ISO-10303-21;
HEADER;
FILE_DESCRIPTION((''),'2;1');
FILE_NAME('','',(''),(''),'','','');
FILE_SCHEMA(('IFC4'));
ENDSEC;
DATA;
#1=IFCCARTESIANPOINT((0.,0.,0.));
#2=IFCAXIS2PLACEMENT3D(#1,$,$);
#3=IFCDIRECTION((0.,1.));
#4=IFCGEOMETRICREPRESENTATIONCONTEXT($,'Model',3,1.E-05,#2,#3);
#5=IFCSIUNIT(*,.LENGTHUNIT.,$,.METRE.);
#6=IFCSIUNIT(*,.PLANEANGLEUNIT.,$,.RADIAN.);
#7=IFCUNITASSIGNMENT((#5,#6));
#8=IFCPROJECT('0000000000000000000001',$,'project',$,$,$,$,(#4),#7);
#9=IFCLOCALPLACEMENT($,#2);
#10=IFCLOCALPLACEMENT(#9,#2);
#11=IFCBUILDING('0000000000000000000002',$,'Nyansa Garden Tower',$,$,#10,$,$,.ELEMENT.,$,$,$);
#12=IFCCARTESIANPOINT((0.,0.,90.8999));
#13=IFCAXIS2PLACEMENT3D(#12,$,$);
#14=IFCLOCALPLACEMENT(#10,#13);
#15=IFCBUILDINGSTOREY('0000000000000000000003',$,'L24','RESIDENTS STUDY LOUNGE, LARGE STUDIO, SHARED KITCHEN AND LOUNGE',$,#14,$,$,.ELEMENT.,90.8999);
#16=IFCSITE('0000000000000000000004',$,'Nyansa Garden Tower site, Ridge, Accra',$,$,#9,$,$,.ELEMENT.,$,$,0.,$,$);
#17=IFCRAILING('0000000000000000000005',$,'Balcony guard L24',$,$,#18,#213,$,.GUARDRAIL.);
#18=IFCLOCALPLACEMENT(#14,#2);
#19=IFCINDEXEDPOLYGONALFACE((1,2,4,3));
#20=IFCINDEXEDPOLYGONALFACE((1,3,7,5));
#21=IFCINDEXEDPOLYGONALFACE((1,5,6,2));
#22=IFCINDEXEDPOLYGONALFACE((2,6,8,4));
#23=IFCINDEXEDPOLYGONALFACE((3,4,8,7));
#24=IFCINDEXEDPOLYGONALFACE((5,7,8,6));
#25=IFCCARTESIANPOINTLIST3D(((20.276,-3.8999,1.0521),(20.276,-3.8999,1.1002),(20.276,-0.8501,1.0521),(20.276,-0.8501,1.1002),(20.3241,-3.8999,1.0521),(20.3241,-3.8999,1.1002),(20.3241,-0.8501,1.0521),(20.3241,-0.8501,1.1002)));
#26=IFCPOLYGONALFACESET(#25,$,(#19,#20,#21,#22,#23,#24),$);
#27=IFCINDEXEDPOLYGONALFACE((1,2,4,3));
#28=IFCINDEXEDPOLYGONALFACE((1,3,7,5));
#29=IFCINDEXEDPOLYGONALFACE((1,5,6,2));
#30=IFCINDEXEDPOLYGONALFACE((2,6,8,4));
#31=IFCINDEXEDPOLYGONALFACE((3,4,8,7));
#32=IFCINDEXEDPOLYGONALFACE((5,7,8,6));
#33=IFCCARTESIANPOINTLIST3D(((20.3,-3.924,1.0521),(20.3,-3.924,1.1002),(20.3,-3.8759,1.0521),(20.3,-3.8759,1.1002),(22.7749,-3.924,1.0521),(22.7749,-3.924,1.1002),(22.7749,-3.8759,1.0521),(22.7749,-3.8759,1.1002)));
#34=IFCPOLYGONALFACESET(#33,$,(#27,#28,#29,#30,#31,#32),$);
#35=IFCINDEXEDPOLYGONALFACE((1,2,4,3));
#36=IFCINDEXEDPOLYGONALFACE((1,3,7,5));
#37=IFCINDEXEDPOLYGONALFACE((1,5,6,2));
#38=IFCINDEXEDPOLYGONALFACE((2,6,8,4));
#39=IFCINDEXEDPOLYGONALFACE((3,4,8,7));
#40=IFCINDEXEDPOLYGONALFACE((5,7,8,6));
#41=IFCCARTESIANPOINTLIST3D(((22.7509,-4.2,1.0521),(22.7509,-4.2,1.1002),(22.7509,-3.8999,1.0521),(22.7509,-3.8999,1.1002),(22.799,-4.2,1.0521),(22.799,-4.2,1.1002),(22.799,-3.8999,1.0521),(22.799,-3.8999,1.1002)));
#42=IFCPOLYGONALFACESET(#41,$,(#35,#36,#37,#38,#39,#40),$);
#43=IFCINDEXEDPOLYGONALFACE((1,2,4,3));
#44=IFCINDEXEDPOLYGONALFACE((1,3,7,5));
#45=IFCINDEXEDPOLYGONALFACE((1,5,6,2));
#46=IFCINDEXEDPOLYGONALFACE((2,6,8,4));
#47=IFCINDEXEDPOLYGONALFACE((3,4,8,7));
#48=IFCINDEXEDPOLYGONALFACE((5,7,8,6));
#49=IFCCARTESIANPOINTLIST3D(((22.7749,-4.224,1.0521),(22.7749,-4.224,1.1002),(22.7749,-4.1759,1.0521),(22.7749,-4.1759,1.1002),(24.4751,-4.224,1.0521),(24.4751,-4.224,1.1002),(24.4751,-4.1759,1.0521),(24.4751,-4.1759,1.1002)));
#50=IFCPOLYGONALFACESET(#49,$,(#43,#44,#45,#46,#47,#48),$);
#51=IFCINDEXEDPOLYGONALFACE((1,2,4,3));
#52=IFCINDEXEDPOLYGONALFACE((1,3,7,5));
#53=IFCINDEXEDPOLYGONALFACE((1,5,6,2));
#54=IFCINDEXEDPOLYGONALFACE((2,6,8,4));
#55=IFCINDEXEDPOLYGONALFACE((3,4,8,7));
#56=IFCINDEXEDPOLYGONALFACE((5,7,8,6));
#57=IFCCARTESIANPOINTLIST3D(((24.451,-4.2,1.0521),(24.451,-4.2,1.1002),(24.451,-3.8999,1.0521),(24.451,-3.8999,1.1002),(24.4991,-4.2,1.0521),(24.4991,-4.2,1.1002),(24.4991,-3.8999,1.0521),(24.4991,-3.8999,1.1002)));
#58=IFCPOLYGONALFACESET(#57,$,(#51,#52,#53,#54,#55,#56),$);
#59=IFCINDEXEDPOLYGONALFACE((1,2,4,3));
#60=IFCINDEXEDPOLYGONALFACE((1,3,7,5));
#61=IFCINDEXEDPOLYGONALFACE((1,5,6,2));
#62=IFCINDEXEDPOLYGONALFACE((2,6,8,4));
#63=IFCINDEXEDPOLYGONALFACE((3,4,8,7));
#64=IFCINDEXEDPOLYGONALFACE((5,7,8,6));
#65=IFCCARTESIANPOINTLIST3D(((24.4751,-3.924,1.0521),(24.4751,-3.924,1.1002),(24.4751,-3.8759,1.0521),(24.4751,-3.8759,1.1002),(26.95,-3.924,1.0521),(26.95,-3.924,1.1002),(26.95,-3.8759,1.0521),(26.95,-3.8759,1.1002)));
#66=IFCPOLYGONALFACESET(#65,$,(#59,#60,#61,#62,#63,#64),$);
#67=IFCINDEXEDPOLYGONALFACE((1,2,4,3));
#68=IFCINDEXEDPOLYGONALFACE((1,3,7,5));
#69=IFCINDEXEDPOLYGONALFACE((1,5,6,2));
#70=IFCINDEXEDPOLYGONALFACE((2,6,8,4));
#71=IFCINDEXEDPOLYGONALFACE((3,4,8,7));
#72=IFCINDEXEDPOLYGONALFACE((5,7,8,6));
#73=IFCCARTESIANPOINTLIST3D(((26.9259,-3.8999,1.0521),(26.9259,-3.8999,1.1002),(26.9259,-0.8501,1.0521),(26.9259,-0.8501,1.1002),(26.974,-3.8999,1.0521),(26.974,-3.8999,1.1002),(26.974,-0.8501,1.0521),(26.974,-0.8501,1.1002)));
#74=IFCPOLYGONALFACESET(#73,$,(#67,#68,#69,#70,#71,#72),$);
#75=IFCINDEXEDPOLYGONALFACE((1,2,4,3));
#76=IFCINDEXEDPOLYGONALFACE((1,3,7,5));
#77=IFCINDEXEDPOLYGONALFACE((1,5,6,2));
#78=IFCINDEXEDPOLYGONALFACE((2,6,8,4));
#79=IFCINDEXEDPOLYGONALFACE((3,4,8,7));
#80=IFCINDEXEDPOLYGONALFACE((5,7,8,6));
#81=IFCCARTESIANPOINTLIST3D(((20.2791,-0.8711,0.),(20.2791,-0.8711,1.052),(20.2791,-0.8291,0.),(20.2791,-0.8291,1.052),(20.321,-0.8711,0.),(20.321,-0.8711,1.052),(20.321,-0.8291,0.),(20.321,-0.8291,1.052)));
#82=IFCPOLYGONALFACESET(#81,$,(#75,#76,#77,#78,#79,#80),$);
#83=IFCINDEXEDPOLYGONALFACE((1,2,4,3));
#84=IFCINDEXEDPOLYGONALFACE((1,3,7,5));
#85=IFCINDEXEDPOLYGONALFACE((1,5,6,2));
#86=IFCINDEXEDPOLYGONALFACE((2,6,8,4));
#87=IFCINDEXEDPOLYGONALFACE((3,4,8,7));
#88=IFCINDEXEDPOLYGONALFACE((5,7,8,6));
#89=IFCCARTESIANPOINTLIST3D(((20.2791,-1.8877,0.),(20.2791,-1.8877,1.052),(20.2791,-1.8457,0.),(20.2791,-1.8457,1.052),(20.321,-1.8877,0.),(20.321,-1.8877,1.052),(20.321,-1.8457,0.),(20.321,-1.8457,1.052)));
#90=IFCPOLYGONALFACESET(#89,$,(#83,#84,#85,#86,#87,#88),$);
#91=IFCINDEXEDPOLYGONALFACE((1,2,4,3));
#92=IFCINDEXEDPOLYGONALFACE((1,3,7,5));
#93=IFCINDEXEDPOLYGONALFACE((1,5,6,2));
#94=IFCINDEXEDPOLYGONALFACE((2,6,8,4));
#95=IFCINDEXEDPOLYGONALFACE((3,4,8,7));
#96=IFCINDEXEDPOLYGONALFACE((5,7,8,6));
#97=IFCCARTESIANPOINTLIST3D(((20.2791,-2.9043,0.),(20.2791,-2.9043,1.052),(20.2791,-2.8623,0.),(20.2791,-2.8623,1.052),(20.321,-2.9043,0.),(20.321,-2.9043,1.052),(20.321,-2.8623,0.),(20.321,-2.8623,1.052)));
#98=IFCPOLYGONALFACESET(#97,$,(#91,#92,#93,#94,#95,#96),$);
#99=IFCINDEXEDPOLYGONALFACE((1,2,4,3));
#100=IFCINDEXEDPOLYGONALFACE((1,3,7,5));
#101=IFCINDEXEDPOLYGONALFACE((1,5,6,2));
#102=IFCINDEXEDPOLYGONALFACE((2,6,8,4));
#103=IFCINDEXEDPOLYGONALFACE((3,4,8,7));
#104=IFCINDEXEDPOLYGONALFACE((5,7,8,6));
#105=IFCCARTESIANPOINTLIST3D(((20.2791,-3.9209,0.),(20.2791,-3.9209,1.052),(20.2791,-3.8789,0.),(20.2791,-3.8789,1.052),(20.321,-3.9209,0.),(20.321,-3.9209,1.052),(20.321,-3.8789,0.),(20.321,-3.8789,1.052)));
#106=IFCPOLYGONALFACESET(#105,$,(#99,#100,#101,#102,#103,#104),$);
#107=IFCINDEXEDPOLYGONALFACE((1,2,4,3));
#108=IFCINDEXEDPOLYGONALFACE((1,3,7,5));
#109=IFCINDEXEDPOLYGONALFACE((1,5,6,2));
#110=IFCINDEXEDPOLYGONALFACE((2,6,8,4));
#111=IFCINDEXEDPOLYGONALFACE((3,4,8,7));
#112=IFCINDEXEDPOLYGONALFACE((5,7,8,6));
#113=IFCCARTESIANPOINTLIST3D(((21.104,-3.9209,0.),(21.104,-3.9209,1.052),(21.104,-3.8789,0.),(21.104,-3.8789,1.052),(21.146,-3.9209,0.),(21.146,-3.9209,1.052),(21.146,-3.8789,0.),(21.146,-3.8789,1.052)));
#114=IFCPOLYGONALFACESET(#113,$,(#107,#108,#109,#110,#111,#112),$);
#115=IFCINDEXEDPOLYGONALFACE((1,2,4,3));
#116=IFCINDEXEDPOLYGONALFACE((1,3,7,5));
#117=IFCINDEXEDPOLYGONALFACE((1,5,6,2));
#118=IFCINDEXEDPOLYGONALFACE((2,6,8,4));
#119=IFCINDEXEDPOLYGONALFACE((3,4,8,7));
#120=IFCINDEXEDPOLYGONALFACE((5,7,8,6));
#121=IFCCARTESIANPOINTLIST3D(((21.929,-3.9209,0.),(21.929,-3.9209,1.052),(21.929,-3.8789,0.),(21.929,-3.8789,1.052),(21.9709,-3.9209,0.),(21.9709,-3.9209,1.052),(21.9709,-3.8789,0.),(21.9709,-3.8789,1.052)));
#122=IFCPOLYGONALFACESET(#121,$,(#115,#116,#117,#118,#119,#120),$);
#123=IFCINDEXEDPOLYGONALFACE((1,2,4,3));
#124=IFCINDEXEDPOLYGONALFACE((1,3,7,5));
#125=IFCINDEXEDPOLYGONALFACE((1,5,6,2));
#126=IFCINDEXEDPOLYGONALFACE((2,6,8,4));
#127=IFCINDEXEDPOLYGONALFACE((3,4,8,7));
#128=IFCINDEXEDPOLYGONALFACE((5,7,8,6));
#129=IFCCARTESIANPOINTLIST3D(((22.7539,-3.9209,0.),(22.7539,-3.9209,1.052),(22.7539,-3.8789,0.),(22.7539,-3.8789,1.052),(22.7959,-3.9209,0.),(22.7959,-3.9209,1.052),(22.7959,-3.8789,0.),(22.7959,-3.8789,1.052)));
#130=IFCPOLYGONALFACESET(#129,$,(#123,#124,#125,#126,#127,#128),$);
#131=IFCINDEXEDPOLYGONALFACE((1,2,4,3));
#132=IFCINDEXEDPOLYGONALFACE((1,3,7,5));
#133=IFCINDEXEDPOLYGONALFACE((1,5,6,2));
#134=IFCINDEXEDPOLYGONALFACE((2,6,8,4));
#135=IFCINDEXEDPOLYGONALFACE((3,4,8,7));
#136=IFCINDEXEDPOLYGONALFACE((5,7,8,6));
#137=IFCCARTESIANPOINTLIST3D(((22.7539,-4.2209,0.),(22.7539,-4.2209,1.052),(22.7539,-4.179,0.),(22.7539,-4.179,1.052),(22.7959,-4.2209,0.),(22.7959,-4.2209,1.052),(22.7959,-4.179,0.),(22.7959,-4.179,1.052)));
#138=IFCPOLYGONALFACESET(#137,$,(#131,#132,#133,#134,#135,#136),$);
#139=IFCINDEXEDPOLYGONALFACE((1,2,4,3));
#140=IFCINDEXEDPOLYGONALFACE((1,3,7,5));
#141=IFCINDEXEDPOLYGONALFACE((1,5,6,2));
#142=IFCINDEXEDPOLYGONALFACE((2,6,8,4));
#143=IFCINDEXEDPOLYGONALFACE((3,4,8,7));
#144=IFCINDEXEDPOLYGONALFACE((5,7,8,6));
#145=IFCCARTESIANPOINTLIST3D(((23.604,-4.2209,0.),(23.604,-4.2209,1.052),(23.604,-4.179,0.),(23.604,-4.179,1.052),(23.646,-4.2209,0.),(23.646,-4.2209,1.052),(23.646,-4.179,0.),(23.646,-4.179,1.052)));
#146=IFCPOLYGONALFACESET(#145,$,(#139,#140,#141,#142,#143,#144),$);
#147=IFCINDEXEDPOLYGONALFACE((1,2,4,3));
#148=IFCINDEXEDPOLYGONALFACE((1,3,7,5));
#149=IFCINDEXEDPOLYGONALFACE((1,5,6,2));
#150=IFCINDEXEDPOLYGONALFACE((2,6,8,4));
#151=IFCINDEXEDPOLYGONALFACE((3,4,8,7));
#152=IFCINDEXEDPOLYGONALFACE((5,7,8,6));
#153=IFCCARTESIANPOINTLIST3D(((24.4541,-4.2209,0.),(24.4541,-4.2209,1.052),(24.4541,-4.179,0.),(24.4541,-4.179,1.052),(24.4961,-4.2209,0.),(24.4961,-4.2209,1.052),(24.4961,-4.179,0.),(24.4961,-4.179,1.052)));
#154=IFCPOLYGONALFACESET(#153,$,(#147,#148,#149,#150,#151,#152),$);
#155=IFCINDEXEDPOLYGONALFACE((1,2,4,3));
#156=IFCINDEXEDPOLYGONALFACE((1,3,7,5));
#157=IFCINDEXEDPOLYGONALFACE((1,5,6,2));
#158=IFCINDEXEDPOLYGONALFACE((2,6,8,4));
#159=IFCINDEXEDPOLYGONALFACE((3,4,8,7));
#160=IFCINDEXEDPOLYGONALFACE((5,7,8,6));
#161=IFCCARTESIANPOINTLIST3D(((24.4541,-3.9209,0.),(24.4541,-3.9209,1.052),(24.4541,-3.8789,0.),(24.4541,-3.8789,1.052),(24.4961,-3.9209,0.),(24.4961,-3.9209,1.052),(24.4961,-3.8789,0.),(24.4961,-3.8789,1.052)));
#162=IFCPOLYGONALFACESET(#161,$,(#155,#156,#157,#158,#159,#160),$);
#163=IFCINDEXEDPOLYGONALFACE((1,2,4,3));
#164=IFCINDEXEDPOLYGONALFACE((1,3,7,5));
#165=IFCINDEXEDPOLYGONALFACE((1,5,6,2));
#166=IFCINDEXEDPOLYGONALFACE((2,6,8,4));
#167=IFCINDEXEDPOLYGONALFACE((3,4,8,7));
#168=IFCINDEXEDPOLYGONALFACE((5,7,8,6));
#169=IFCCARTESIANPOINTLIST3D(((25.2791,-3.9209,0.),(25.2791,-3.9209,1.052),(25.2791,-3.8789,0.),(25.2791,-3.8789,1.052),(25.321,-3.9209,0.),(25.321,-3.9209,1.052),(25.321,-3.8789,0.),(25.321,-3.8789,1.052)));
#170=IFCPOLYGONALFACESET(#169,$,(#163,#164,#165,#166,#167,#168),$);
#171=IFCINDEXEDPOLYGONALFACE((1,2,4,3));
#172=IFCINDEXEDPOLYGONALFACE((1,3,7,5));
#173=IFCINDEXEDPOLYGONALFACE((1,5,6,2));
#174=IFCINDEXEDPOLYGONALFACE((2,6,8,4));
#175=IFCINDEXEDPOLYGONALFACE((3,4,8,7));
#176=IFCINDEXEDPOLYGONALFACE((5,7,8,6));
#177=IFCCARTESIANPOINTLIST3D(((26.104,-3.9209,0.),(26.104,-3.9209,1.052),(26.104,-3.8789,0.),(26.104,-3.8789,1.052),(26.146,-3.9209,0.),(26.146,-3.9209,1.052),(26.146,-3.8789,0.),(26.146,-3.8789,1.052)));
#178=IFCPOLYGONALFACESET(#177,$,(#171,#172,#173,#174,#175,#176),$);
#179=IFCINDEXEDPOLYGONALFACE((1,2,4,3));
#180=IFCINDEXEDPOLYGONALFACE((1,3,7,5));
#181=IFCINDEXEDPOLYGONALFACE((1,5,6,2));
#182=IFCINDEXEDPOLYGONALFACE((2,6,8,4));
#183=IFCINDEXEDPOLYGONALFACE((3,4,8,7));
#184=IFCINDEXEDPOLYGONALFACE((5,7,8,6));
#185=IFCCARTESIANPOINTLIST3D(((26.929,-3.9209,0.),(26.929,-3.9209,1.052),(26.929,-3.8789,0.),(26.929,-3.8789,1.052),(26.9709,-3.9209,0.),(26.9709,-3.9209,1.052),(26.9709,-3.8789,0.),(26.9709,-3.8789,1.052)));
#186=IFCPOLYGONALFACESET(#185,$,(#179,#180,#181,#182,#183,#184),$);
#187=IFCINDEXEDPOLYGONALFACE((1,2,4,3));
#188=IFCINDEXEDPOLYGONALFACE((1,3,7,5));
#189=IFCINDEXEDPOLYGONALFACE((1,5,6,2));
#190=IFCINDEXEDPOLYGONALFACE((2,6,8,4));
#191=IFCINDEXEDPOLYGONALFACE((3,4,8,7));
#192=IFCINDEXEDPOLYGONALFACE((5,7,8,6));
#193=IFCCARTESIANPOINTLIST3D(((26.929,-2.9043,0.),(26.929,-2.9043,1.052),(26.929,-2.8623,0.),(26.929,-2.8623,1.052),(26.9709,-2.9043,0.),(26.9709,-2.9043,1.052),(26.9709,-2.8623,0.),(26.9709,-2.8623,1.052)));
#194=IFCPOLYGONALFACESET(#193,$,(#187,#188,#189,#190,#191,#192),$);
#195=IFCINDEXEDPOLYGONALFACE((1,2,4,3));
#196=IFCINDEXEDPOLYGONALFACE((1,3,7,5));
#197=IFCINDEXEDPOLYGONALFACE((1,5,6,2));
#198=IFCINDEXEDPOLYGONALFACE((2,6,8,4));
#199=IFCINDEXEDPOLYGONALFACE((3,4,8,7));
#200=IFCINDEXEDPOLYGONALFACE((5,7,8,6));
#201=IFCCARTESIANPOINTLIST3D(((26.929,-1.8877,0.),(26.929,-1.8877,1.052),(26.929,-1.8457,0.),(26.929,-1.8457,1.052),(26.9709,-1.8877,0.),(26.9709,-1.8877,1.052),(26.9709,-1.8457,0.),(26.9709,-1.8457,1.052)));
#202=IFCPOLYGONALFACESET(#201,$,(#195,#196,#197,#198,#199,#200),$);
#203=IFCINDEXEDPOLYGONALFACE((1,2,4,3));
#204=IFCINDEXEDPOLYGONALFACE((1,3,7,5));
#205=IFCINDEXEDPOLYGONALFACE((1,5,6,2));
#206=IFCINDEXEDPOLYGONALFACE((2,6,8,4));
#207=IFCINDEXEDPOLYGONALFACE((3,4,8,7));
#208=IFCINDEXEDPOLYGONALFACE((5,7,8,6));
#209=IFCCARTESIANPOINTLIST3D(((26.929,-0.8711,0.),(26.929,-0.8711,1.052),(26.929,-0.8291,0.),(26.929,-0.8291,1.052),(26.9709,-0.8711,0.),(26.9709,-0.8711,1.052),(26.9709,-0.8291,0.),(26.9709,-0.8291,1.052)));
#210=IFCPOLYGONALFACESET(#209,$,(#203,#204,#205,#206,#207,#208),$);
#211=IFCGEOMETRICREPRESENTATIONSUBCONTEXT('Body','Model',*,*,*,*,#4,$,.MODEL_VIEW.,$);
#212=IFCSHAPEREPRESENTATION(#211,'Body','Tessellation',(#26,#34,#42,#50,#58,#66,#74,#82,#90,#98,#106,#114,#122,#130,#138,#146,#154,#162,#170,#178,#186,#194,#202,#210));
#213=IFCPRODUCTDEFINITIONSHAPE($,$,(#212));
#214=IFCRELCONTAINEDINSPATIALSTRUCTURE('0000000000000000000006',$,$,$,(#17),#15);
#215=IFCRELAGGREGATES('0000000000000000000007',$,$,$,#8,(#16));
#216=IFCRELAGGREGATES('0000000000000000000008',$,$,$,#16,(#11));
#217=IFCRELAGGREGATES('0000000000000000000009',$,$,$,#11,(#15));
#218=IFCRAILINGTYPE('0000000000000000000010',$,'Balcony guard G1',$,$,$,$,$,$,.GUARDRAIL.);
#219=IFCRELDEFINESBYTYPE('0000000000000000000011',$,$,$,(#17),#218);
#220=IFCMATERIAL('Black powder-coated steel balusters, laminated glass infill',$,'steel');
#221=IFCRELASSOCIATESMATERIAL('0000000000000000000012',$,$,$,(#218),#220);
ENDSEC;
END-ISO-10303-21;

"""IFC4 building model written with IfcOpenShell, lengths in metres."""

from ifc_helpers import new_model, si_unit, direction, frame, origin, origin_2d, place, context, subcontext, project, spatial, rectangle, extrude, material, type_object, element, save


model = new_model("IFC4")

# Units and contexts
model_context = context("Model", 3, precision=1e-05, world=origin(), true_north=direction((0.0, 1.0)))
body_context = subcontext(model_context, "Body", "Model", "MODEL_VIEW")
ifc_project = project(units=[si_unit("LENGTHUNIT", "METRE"), si_unit("PLANEANGLEUNIT", "RADIAN")], contexts=[model_context])

# Site, building, storey
site_placement = place(None, origin())
site = spatial("IfcSite", under=ifc_project, at=site_placement, Name="Nyansa Garden Tower site, Ridge, Accra", CompositionType="ELEMENT", RefElevation=0.0)
building_placement = place(site_placement, origin())
building = spatial("IfcBuilding", under=site, at=building_placement, Name="Nyansa Garden Tower", CompositionType="ELEMENT")
storey_placement = place(building_placement, frame((0.0, 0.0, 90.8999)))
storey = spatial("IfcBuildingStorey", under=building, at=storey_placement, Name="L24", Description="RESIDENTS STUDY LOUNGE, LARGE STUDIO, SHARED KITCHEN AND LOUNGE", CompositionType="ELEMENT", Elevation=90.8999)

# Railing
ifc_material_1 = material(Name="Black powder-coated steel balusters, laminated glass infill", Category="steel")
railing_type = type_object("IfcRailingType", Name="Balcony guard G1", PredefinedType="GUARDRAIL", material=ifc_material_1)
railing_placement = place(storey_placement, frame((20.3, -0.8501, 0.0)))
element("IfcRailing", 1, at=railing_placement, inside=storey, type_object=railing_type, Name="Balcony guard L24", PredefinedType="GUARDRAIL", context=body_context, shape_type="SweptSolid", body=[
    extrude(rectangle(XDim=0.0481, YDim=0.0481, at=origin_2d()), frame((0.0, 0.0, 1.0762), z_axis=(0.0, -1.0, 0.0), x_axis=(1.0, 0.0, 0.0)), (0.0, 0.0, 1.0), 3.0498),
    extrude(rectangle(XDim=0.0481, YDim=0.0481, at=origin_2d()), frame((0.0, -3.0498, 1.0762), z_axis=(1.0, 0.0, 0.0), x_axis=(0.0, 1.0, 0.0)), (0.0, 0.0, 1.0), 2.4749),
    extrude(rectangle(XDim=0.0481, YDim=0.0481, at=origin_2d()), frame((2.4749, -3.0498, 1.0762), z_axis=(0.0, -1.0, 0.0), x_axis=(1.0, 0.0, 0.0)), (0.0, 0.0, 1.0), 0.3),
    extrude(rectangle(XDim=0.0481, YDim=0.0481, at=origin_2d()), frame((2.4749, -3.3499, 1.0762), z_axis=(1.0, 0.0, 0.0), x_axis=(0.0, 1.0, 0.0)), (0.0, 0.0, 1.0), 1.7002),
    extrude(rectangle(XDim=0.0481, YDim=0.0481, at=origin_2d()), frame((4.175, -3.3499, 1.0762), z_axis=(0.0, 1.0, 0.0), x_axis=(-1.0, 0.0, 0.0)), (0.0, 0.0, 1.0), 0.3),
    extrude(rectangle(XDim=0.0481, YDim=0.0481, at=origin_2d()), frame((4.175, -3.0498, 1.0762), z_axis=(1.0, 0.0, 0.0), x_axis=(0.0, 1.0, 0.0)), (0.0, 0.0, 1.0), 2.4749),
    extrude(rectangle(XDim=0.0481, YDim=0.0481, at=origin_2d()), frame((6.6499, -3.0498, 1.0762), z_axis=(0.0, 1.0, 0.0), x_axis=(-1.0, 0.0, 0.0)), (0.0, 0.0, 1.0), 3.0498),
    extrude(rectangle(XDim=0.042, YDim=0.042, at=origin_2d()), origin(), (0.0, 0.0, 1.0), 1.052),
    extrude(rectangle(XDim=0.042, YDim=0.042, at=origin_2d()), frame((0.0, -1.0166, 0.0)), (0.0, 0.0, 1.0), 1.052),
    extrude(rectangle(XDim=0.042, YDim=0.042, at=origin_2d()), frame((0.0, -2.0332, 0.0)), (0.0, 0.0, 1.0), 1.052),
    extrude(rectangle(XDim=0.042, YDim=0.042, at=origin_2d()), frame((0.0, -3.0498, 0.0)), (0.0, 0.0, 1.0), 1.052),
    extrude(rectangle(XDim=0.042, YDim=0.042, at=origin_2d()), frame((0.825, -3.0498, 0.0)), (0.0, 0.0, 1.0), 1.052),
    extrude(rectangle(XDim=0.042, YDim=0.042, at=origin_2d()), frame((1.6499, -3.0498, 0.0)), (0.0, 0.0, 1.0), 1.052),
    extrude(rectangle(XDim=0.042, YDim=0.042, at=origin_2d()), frame((2.4749, -3.0498, 0.0)), (0.0, 0.0, 1.0), 1.052),
    extrude(rectangle(XDim=0.042, YDim=0.042, at=origin_2d()), frame((2.4749, -3.3499, 0.0)), (0.0, 0.0, 1.0), 1.052),
    extrude(rectangle(XDim=0.042, YDim=0.042, at=origin_2d()), frame((3.325, -3.3499, 0.0)), (0.0, 0.0, 1.0), 1.052),
    extrude(rectangle(XDim=0.042, YDim=0.042, at=origin_2d()), frame((4.175, -3.3499, 0.0)), (0.0, 0.0, 1.0), 1.052),
    extrude(rectangle(XDim=0.042, YDim=0.042, at=origin_2d()), frame((4.175, -3.0498, 0.0)), (0.0, 0.0, 1.0), 1.052),
    extrude(rectangle(XDim=0.042, YDim=0.042, at=origin_2d()), frame((5.0, -3.0498, 0.0)), (0.0, 0.0, 1.0), 1.052),
    extrude(rectangle(XDim=0.042, YDim=0.042, at=origin_2d()), frame((5.825, -3.0498, 0.0)), (0.0, 0.0, 1.0), 1.052),
    extrude(rectangle(XDim=0.042, YDim=0.042, at=origin_2d()), frame((6.6499, -3.0498, 0.0)), (0.0, 0.0, 1.0), 1.052),
    extrude(rectangle(XDim=0.042, YDim=0.042, at=origin_2d()), frame((6.6499, -2.0332, 0.0)), (0.0, 0.0, 1.0), 1.052),
    extrude(rectangle(XDim=0.042, YDim=0.042, at=origin_2d()), frame((6.6499, -1.0166, 0.0)), (0.0, 0.0, 1.0), 1.052),
    extrude(rectangle(XDim=0.042, YDim=0.042, at=origin_2d()), frame((6.6499, 0.0, 0.0)), (0.0, 0.0, 1.0), 1.052),
])

save(model, "model.ifc")
